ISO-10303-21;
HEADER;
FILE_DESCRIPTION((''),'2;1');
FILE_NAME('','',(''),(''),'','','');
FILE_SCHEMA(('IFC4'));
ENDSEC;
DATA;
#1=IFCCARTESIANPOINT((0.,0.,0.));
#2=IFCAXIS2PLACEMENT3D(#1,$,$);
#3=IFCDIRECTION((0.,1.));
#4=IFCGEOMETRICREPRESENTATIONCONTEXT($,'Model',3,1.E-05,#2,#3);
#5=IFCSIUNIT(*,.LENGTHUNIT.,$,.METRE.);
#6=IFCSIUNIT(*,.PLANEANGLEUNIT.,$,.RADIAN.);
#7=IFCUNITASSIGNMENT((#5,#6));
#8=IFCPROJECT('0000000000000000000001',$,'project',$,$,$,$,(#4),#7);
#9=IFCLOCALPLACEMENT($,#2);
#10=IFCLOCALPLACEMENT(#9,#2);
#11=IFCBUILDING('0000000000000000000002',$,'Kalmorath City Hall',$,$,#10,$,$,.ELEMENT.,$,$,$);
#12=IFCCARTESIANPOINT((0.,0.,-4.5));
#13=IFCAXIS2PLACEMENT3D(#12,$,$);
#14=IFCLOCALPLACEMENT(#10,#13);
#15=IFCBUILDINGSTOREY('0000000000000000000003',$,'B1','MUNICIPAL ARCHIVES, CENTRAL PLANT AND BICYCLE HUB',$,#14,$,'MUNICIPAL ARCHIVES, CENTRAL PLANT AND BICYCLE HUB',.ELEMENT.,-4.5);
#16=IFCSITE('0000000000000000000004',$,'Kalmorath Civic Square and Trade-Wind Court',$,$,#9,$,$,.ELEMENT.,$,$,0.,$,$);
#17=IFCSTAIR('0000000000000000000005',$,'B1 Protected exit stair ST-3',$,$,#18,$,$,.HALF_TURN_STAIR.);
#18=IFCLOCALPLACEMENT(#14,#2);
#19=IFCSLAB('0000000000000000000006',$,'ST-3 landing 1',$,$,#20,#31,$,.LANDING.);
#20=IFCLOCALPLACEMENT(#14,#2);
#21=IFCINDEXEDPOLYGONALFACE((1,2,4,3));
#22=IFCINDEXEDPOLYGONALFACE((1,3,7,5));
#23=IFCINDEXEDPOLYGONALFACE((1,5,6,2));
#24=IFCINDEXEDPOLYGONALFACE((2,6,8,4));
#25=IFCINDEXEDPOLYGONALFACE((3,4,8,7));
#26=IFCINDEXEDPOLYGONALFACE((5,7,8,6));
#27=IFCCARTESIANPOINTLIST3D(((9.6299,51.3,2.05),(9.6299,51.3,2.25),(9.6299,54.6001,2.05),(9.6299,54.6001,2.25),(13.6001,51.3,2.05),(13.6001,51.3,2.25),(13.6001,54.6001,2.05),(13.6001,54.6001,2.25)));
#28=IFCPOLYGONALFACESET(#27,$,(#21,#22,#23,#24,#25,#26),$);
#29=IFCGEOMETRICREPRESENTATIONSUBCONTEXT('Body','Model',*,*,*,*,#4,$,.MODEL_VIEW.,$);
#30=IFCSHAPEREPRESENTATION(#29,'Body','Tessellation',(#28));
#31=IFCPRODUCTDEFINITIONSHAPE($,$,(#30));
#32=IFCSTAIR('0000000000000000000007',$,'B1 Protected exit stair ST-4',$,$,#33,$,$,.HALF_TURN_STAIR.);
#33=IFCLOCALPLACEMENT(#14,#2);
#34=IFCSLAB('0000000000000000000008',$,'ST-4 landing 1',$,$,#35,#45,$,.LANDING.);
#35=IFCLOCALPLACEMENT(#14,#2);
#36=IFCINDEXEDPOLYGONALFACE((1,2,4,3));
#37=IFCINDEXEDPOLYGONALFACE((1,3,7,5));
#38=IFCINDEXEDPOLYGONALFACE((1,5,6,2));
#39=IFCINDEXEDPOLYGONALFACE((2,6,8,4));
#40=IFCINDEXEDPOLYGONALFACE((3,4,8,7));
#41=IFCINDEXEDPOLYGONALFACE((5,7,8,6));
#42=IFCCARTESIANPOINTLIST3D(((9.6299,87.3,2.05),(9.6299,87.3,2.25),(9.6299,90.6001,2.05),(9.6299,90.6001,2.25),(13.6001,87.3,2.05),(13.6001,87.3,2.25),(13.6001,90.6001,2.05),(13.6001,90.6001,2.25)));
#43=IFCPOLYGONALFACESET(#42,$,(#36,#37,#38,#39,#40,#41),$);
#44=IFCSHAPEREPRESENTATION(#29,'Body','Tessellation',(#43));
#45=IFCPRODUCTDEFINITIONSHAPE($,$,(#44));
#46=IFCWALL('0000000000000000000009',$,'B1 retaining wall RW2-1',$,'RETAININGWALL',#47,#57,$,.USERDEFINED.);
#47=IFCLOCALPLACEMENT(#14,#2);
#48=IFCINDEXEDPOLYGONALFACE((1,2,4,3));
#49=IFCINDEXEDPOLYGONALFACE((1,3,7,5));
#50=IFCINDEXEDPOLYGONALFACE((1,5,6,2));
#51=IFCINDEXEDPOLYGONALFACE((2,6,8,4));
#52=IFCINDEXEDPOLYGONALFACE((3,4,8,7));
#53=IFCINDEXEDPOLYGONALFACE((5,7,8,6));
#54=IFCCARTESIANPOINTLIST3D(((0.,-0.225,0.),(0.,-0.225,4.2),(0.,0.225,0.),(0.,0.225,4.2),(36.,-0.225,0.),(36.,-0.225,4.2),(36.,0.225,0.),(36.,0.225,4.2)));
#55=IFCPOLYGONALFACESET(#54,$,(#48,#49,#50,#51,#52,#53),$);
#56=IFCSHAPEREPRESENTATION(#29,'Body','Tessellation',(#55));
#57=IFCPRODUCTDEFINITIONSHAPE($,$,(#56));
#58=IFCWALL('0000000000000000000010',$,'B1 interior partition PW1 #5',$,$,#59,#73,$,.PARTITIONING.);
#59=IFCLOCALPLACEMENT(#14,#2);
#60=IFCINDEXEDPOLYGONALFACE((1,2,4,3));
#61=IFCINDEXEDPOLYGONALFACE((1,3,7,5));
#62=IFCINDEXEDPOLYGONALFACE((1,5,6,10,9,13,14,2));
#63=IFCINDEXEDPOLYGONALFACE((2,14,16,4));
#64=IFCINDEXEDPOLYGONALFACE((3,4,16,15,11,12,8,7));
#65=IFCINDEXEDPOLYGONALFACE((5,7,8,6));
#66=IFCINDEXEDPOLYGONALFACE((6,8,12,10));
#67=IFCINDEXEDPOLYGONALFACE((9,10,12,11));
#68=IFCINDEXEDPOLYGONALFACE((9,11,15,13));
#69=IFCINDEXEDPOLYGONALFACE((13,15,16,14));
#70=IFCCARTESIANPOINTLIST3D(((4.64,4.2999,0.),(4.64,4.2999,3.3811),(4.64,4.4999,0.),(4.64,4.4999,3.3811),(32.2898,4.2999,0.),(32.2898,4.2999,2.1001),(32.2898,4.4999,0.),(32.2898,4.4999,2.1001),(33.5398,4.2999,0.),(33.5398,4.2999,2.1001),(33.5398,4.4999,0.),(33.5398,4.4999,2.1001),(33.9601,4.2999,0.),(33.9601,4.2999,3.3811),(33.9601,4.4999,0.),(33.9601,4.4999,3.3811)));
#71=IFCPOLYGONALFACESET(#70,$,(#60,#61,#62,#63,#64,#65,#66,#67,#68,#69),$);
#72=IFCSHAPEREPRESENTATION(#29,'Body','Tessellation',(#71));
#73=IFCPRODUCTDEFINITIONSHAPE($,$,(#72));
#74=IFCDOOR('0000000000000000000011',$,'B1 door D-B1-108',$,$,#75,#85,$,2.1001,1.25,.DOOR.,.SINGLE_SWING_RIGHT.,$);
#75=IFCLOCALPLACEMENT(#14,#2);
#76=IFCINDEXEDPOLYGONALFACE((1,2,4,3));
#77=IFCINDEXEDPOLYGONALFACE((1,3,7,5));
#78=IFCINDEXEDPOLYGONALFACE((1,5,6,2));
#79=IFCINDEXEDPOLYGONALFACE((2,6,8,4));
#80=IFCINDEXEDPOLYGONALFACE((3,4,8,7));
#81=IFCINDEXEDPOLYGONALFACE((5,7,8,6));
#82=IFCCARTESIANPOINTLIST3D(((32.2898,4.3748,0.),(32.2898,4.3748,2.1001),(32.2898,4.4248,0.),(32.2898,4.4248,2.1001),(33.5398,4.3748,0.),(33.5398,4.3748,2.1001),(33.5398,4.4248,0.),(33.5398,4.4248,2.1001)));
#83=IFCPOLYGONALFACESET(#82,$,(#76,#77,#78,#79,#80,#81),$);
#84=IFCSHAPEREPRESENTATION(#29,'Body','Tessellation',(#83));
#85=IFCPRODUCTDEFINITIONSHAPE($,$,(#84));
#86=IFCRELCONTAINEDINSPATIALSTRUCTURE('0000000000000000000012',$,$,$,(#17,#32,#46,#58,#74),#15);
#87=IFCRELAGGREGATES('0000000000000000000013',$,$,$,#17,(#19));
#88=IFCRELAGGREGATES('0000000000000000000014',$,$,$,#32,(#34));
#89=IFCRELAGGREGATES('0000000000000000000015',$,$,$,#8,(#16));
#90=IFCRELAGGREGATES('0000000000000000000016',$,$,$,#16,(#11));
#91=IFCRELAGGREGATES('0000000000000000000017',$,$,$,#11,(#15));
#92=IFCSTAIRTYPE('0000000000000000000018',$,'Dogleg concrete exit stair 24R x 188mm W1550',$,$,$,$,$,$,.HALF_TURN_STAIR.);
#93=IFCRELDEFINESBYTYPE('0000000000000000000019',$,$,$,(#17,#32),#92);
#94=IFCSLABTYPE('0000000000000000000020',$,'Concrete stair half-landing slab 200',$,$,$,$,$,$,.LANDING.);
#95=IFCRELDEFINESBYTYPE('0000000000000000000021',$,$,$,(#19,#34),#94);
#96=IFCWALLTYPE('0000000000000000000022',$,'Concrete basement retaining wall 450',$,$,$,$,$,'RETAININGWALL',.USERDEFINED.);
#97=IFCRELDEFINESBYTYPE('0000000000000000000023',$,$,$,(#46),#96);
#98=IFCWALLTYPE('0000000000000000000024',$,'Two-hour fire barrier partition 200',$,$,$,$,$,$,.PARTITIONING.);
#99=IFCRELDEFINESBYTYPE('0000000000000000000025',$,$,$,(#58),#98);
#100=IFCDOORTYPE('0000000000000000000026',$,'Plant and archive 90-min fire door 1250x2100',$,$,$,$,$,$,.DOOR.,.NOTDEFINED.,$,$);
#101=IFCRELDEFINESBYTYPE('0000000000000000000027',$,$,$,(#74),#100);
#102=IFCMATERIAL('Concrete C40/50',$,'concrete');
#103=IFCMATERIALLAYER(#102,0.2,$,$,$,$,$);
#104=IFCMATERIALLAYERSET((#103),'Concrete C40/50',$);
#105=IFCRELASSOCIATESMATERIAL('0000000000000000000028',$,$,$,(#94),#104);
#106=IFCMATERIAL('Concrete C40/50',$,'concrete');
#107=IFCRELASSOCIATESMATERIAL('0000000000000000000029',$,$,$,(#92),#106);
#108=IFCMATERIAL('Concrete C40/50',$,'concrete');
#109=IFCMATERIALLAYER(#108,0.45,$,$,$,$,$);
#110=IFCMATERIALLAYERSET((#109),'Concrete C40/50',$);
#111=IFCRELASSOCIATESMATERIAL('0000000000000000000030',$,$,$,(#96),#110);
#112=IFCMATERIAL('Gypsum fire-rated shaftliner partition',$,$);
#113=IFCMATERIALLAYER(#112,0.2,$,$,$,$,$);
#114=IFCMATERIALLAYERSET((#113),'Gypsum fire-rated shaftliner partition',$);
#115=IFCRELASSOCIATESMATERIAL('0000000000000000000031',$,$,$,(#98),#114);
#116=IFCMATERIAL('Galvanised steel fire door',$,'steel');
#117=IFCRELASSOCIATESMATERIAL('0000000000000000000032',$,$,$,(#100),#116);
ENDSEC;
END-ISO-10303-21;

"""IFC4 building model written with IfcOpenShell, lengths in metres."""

from ifc_helpers import new_model, si_unit, direction, frame, frame_2d, origin, origin_with_axes, place, context, subcontext, project, spatial, polyline, rectangle, outline, extrude, material, layer, layer_set, type_object, element, fill, aggregate, save


model = new_model("IFC4")

# Units and contexts
model_context = context("Model", 3, precision=1e-05, world=origin(), true_north=direction((0.0, 1.0)))
body_context = subcontext(model_context, "Body", "Model", "MODEL_VIEW")
ifc_project = project(units=[si_unit("LENGTHUNIT", "METRE"), si_unit("PLANEANGLEUNIT", "RADIAN")], contexts=[model_context])

# Site, building, storey
site_placement = place(None, origin())
site = spatial("IfcSite", under=ifc_project, at=site_placement, Name="Kalmorath Civic Square and Trade-Wind Court", CompositionType="ELEMENT", RefElevation=0.0)
building_placement = place(site_placement, origin())
building = spatial("IfcBuilding", under=site, at=building_placement, Name="Kalmorath City Hall", CompositionType="ELEMENT")
storey_placement = place(building_placement, frame((0.0, 0.0, -4.5)))
storey = spatial("IfcBuildingStorey", under=building, at=storey_placement, Name="B1", Description="MUNICIPAL ARCHIVES, CENTRAL PLANT AND BICYCLE HUB", LongName="MUNICIPAL ARCHIVES, CENTRAL PLANT AND BICYCLE HUB", CompositionType="ELEMENT", Elevation=-4.5)

# Stairs, slabs
ifc_material_1 = material(Name="Concrete C40/50", Category="concrete")
ifc_layer_1 = layer(ifc_material_1, 0.2)
ifc_layer_set_1 = layer_set([ifc_layer_1], Name="Concrete C40/50")
slab_type_1 = type_object("IfcSlabType", Name="Concrete stair half-landing slab 200", PredefinedType="LANDING", material=ifc_layer_set_1)
ifc_material_2 = material(Name="Concrete C40/50", Category="concrete")
stair_type_1 = type_object("IfcStairType", Name="Dogleg concrete exit stair 24R x 188mm W1550", PredefinedType="HALF_TURN_STAIR", material=ifc_material_2)
stair_1_placement = place(storey_placement, origin())
stair_1 = element("IfcStair", 1, at=stair_1_placement, inside=storey, type_object=stair_type_1, Name="B1 Protected exit stair ST-3", PredefinedType="HALF_TURN_STAIR")
slab_1_placement = place(storey_placement, frame((0.0, 0.0, 2.05)))
slab_1 = element("IfcSlab", 2, at=slab_1_placement, type_object=slab_type_1, Name="ST-3 landing 1", PredefinedType="LANDING", context=body_context, shape_type="SweptSolid", body=[
    extrude(outline(polyline([(9.6299, 51.3), (13.6001, 51.3), (13.6001, 54.6001), (9.6299, 54.6001), (9.6299, 51.3)])), origin(), (0.0, 0.0, 1.0), 0.2),
])
aggregate(stair_1, [slab_1])
stair_2_placement = place(storey_placement, origin())
stair_2 = element("IfcStair", 3, at=stair_2_placement, inside=storey, type_object=stair_type_1, Name="B1 Protected exit stair ST-4", PredefinedType="HALF_TURN_STAIR")
slab_2_placement = place(storey_placement, frame((0.0, 0.0, 2.05)))
slab_2 = element("IfcSlab", 4, at=slab_2_placement, type_object=slab_type_1, Name="ST-4 landing 1", PredefinedType="LANDING", context=body_context, shape_type="SweptSolid", body=[
    extrude(outline(polyline([(9.6299, 87.3), (13.6001, 87.3), (13.6001, 90.6001), (9.6299, 90.6001), (9.6299, 87.3)])), origin(), (0.0, 0.0, 1.0), 0.2),
])
aggregate(stair_2, [slab_2])

# Wall
ifc_material_3 = material(Name="Concrete C40/50", Category="concrete")
ifc_layer_2 = layer(ifc_material_3, 0.45)
ifc_layer_set_2 = layer_set([ifc_layer_2], Name="Concrete C40/50")
wall_type_1 = type_object("IfcWallType", Name="Concrete basement retaining wall 450", ElementType="RETAININGWALL", PredefinedType="USERDEFINED", material=ifc_layer_set_2)
wall_1_placement = place(storey_placement, origin_with_axes())
element("IfcWall", 5, at=wall_1_placement, inside=storey, type_object=wall_type_1, Name="B1 retaining wall RW2-1", ObjectType="RETAININGWALL", PredefinedType="USERDEFINED", context=body_context, shape_type="SweptSolid", body=[
    extrude(rectangle(XDim=36.0, YDim=0.45, at=frame_2d((18.0, 0.0))), origin(), (0.0, 0.0, 1.0), 4.2),
])

# Wall, opening, door
ifc_material_4 = material(Name="Gypsum fire-rated shaftliner partition")
ifc_layer_3 = layer(ifc_material_4, 0.2)
ifc_layer_set_3 = layer_set([ifc_layer_3], Name="Gypsum fire-rated shaftliner partition")
wall_type_2 = type_object("IfcWallType", Name="Two-hour fire barrier partition 200", PredefinedType="PARTITIONING", material=ifc_layer_set_3)
wall_2_placement = place(storey_placement, frame((4.6399, 4.3999, 0.0), z_axis=(0.0, 0.0, 1.0), x_axis=(1.0, 0.0, 0.0)))
wall_2 = element("IfcWall", 6, at=wall_2_placement, inside=storey, type_object=wall_type_2, Name="B1 interior partition PW1 #5", PredefinedType="PARTITIONING", context=body_context, shape_type="SweptSolid", body=[
    extrude(rectangle(XDim=29.3201, YDim=0.2, at=frame_2d((14.6602, 0.0))), origin(), (0.0, 0.0, 1.0), 3.3811),
])
opening_placement = place(wall_2_placement, frame((27.6499, 0.0, 0.0)))
opening = element("IfcOpeningElement", 7, at=opening_placement, cuts=wall_2, PredefinedType="OPENING", context=body_context, shape_type="SweptSolid", body=[
    extrude(rectangle(XDim=1.25, YDim=2.1001, at=frame_2d((0.625, 1.05))), frame((0.0, 0.1099, 0.0), z_axis=(0.0, -1.0, 0.0), x_axis=(1.0, 0.0, 0.0)), (0.0, 0.0, 1.0), 0.22),
])
ifc_material_5 = material(Name="Galvanised steel fire door", Category="steel")
door_type = type_object("IfcDoorType", Name="Plant and archive 90-min fire door 1250x2100", OperationType="NOTDEFINED", PredefinedType="DOOR", material=ifc_material_5)
door_placement = place(opening_placement, origin())
door = element("IfcDoor", 8, at=door_placement, inside=storey, type_object=door_type, Name="B1 door D-B1-108", OperationType="SINGLE_SWING_RIGHT", OverallHeight=2.1001, OverallWidth=1.25, PredefinedType="DOOR", context=body_context, shape_type="SweptSolid", body=[
    extrude(rectangle(XDim=1.25, YDim=2.1001, at=frame_2d((0.625, 1.05))), frame((0.0, 0.0249, 0.0), z_axis=(0.0, -1.0, 0.0), x_axis=(1.0, 0.0, 0.0)), (0.0, 0.0, 1.0), 0.05),
])
fill(opening, door)

save(model, "model.ifc")
